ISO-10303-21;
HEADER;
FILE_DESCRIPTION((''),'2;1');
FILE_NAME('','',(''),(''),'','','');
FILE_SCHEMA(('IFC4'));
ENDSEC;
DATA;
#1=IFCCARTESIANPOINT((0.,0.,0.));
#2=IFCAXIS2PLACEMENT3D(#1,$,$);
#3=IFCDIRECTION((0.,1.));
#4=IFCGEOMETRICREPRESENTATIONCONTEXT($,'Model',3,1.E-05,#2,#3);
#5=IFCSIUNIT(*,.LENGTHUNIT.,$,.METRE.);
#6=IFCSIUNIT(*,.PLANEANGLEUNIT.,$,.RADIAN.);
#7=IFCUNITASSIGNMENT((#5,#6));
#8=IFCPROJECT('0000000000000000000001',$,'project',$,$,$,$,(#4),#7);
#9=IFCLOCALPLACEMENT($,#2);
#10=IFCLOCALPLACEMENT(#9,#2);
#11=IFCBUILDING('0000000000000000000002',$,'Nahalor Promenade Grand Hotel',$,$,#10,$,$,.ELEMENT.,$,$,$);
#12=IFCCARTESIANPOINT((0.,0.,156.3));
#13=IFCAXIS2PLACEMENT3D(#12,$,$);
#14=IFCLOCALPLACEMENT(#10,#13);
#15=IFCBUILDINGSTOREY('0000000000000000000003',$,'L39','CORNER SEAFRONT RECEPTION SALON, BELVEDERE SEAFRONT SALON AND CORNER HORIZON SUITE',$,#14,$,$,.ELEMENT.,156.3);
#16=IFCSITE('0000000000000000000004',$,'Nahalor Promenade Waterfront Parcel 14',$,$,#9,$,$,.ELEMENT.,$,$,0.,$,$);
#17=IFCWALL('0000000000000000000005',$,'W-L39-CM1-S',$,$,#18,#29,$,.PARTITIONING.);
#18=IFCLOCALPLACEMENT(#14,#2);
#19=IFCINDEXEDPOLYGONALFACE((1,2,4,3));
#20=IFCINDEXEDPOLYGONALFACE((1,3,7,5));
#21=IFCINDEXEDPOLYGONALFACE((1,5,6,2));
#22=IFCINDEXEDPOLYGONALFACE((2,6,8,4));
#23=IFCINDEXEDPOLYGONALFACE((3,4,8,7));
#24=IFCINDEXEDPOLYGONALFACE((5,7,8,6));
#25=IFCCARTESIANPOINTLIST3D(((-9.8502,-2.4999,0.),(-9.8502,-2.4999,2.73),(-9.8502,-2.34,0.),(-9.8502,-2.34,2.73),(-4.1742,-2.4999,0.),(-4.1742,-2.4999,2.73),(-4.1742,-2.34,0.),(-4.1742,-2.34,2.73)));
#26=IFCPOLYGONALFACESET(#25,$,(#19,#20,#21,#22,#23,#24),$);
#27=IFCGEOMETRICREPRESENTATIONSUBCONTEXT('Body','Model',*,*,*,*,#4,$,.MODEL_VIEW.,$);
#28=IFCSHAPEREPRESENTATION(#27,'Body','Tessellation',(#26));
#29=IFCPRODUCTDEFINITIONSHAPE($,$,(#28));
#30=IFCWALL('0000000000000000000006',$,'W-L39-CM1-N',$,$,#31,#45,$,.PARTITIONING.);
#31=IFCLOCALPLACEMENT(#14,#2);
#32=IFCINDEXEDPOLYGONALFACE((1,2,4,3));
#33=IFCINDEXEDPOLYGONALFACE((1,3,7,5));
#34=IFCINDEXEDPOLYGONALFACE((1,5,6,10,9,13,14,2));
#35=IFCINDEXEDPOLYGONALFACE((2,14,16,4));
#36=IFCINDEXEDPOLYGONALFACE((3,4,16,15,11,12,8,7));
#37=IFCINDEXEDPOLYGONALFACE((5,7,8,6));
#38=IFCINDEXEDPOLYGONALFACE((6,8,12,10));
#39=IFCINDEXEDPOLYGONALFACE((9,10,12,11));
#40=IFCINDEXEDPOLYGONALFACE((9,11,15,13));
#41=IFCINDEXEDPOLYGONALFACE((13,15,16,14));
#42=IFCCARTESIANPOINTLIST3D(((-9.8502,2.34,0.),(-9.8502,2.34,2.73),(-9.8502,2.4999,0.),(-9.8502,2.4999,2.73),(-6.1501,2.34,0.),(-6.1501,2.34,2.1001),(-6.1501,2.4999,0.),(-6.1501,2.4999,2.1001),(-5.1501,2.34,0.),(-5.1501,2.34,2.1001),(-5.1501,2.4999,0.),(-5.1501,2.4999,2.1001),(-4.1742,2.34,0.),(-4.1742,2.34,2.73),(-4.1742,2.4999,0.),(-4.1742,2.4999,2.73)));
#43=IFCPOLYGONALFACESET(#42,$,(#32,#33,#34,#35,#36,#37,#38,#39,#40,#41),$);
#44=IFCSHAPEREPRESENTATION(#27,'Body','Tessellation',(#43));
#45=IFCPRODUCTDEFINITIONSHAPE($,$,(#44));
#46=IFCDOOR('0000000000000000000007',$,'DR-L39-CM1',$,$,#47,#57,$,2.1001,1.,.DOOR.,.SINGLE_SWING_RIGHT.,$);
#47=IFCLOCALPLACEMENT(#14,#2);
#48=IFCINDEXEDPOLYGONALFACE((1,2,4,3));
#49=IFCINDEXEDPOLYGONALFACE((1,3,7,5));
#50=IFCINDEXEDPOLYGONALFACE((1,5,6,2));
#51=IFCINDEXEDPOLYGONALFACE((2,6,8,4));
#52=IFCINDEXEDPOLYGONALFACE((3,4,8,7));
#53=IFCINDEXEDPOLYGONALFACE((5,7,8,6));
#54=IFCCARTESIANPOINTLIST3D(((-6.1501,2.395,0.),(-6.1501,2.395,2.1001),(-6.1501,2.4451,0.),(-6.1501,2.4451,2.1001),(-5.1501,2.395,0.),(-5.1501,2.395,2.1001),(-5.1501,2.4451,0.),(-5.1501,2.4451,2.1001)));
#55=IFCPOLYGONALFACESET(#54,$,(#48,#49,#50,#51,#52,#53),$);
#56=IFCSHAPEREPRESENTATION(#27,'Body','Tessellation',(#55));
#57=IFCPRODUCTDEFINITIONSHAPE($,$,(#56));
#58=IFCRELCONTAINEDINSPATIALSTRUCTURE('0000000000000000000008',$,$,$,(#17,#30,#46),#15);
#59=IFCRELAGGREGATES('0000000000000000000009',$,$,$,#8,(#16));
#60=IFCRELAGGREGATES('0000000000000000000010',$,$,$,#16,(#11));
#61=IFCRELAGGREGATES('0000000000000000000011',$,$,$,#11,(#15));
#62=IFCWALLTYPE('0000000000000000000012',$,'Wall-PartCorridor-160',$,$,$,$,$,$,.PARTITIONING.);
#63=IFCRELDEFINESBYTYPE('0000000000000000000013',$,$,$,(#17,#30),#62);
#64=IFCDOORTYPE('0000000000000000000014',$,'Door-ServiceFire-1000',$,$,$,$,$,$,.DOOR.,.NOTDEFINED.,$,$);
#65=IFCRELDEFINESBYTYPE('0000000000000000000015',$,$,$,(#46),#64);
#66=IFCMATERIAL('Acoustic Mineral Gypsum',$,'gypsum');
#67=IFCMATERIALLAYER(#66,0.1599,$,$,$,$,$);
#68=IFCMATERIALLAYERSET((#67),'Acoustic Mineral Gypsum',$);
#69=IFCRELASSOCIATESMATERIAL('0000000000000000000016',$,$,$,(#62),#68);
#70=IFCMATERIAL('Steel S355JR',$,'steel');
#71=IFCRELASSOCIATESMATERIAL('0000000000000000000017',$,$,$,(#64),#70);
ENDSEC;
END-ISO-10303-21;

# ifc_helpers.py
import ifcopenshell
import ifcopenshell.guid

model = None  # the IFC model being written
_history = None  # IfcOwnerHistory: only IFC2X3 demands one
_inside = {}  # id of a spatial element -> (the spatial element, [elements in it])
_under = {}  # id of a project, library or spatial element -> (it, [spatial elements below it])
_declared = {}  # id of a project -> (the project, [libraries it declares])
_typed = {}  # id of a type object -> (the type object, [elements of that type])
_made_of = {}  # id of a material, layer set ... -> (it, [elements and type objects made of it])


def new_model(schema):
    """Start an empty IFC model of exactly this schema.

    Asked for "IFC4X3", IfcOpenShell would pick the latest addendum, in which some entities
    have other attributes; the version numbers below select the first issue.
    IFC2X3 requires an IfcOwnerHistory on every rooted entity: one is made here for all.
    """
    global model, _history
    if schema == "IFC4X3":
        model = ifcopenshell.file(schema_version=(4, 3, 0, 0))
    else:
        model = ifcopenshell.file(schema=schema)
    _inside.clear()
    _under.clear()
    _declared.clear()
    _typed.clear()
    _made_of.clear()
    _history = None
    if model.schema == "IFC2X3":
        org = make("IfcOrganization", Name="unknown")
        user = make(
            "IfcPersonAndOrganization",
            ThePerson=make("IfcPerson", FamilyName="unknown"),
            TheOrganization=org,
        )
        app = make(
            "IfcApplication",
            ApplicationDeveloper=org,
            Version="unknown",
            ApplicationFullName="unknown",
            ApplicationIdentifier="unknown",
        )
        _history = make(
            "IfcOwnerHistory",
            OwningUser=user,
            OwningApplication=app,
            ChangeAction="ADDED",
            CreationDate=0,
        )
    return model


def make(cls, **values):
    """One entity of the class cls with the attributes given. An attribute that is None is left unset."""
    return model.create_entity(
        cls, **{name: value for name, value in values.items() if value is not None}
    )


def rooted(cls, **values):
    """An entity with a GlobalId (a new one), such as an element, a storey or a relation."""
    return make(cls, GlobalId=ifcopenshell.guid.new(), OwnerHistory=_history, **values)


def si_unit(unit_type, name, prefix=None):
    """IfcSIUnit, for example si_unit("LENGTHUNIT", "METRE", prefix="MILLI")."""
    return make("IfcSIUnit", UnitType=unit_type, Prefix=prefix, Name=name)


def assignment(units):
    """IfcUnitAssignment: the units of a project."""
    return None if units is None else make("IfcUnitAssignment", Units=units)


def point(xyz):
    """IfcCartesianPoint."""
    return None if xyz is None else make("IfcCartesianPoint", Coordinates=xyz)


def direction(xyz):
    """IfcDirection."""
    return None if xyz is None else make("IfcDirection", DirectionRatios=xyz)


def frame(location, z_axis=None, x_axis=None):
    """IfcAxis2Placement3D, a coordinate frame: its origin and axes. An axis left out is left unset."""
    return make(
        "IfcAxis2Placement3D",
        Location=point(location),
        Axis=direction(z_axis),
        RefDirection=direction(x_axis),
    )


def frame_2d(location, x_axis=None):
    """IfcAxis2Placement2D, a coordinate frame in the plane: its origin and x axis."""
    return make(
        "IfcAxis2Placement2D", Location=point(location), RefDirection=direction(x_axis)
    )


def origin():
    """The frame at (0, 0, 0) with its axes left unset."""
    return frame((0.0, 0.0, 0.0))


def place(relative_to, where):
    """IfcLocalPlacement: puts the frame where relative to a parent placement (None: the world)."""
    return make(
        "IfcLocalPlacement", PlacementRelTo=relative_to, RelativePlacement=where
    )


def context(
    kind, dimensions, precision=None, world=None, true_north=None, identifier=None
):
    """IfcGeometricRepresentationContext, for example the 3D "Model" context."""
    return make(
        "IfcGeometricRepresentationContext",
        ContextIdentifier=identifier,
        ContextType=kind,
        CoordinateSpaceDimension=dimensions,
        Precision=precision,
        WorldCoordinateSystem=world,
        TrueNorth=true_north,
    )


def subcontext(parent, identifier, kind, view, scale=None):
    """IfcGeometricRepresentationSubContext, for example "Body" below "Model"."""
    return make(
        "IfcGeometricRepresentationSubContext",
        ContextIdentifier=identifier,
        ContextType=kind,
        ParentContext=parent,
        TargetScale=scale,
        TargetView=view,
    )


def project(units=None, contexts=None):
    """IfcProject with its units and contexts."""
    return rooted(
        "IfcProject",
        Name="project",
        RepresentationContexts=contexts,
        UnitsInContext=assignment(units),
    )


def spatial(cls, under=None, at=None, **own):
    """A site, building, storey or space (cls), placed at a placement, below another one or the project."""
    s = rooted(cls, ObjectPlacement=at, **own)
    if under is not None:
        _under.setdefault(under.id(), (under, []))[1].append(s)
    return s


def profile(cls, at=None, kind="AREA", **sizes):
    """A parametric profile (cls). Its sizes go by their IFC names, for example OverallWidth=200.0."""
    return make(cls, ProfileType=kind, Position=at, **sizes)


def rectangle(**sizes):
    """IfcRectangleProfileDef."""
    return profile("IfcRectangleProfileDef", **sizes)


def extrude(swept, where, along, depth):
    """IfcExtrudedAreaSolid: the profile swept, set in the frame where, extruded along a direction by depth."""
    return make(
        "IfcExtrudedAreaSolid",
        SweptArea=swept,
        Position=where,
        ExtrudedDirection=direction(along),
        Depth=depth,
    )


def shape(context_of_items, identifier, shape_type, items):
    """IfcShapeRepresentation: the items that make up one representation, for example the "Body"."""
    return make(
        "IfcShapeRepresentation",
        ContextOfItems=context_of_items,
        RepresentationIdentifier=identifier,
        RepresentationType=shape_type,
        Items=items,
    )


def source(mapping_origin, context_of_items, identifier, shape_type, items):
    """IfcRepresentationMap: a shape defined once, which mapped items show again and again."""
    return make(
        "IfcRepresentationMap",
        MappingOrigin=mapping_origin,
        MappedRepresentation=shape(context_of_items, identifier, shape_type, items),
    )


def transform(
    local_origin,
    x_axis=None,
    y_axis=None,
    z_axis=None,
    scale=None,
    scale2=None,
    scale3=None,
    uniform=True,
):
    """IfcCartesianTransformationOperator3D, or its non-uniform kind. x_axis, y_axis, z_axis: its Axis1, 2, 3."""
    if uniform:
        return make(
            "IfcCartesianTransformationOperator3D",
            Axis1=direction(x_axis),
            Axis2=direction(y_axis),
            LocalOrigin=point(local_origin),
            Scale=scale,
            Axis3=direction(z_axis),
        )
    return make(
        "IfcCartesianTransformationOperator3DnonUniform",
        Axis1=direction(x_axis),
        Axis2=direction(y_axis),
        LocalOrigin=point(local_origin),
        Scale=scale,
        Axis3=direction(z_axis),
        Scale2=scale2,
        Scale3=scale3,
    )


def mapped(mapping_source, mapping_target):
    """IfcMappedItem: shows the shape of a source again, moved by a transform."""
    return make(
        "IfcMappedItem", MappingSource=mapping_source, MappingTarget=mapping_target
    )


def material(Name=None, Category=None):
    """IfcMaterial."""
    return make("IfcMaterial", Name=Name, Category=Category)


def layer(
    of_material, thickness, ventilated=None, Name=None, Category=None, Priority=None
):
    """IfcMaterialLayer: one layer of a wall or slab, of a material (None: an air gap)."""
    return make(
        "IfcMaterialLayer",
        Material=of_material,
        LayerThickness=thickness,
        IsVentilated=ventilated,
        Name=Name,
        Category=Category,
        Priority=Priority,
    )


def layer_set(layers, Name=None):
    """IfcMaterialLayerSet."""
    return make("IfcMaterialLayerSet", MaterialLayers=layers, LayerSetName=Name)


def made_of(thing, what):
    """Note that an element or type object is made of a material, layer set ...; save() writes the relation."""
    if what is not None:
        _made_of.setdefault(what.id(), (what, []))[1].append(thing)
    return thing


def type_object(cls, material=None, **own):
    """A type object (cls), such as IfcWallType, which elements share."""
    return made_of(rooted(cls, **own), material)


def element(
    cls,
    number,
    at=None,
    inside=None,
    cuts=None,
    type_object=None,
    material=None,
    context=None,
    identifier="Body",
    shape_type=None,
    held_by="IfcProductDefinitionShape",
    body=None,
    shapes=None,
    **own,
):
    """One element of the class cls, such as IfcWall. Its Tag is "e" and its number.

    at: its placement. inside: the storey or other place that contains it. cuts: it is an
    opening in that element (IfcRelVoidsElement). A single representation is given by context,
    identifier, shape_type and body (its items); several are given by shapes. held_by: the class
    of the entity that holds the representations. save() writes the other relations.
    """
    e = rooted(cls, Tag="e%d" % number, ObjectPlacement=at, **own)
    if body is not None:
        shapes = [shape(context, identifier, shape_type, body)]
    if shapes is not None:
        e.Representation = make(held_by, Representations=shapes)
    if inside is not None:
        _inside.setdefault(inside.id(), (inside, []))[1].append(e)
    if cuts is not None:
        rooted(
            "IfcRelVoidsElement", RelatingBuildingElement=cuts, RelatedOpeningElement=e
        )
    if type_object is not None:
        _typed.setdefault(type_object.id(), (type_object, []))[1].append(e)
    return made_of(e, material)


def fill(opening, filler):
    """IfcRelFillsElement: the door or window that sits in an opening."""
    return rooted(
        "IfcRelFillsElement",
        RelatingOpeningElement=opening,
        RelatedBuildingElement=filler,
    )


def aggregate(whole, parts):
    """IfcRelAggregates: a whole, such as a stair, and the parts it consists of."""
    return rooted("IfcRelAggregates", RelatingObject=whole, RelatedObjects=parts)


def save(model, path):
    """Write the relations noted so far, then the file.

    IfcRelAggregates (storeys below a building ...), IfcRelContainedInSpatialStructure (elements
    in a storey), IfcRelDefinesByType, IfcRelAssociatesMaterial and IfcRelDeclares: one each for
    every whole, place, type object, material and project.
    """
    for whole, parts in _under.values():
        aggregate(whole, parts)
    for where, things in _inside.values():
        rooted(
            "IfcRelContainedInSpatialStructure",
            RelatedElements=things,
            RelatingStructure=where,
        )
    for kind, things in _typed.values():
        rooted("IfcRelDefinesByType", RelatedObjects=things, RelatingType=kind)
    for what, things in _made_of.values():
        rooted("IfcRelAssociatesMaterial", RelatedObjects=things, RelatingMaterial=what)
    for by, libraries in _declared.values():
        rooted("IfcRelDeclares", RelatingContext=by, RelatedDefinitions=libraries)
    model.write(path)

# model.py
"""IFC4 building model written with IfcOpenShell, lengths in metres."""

from ifc_helpers import new_model, si_unit, direction, frame, frame_2d, origin, place, context, subcontext, project, spatial, rectangle, extrude, source, transform, mapped, material, layer, layer_set, type_object, element, fill, save


model = new_model("IFC4")

# Units and contexts
model_context = context("Model", 3, precision=1e-05, world=origin(), true_north=direction((0.0, 1.0)))
body_context = subcontext(model_context, "Body", "Model", "MODEL_VIEW")
ifc_project = project(units=[si_unit("LENGTHUNIT", "METRE"), si_unit("PLANEANGLEUNIT", "RADIAN")], contexts=[model_context])

# Site, building, storey
site_placement = place(None, origin())
site = spatial("IfcSite", under=ifc_project, at=site_placement, Name="Nahalor Promenade Waterfront Parcel 14", CompositionType="ELEMENT", RefElevation=0.0)
building_placement = place(site_placement, origin())
building = spatial("IfcBuilding", under=site, at=building_placement, Name="Nahalor Promenade Grand Hotel", CompositionType="ELEMENT")
storey_placement = place(building_placement, frame((0.0, 0.0, 156.3)))
storey = spatial("IfcBuildingStorey", under=building, at=storey_placement, Name="L39", Description="CORNER SEAFRONT RECEPTION SALON, BELVEDERE SEAFRONT SALON AND CORNER HORIZON SUITE", CompositionType="ELEMENT", Elevation=156.3)

# Shared definitions
ifc_material_1 = material(Name="Steel S355JR", Category="steel")

# Shared definitions
ifc_material_2 = material(Name="Acoustic Mineral Gypsum", Category="gypsum")
ifc_layer_1 = layer(ifc_material_2, 0.1599)
ifc_layer_set_1 = layer_set([ifc_layer_1], Name="Acoustic Mineral Gypsum")
wall_type_1 = type_object("IfcWallType", Name="Wall-PartCorridor-160", PredefinedType="PARTITIONING", material=ifc_layer_set_1)

# Wall
shared_shape_1 = source(origin(), body_context, "Body", "SweptSolid", [
    extrude(rectangle(XDim=5.676, YDim=0.1599, at=frame_2d((2.8379, 0.0))), origin(), (0.0, 0.0, 1.0), 2.73),
])
wall_1_placement = place(storey_placement, frame((-9.8501, -2.4199, 0.0), z_axis=(0.0, 0.0, 1.0), x_axis=(1.0, 0.0, 0.0)))
element("IfcWall", 1, at=wall_1_placement, inside=storey, type_object=wall_type_1, Name="W-L39-CM1-S", PredefinedType="PARTITIONING", context=body_context, shape_type="MappedRepresentation", body=[
    mapped(shared_shape_1, transform((0.0, 0.0, 0.0), scale=1.0)),
])

# Wall, opening, door
wall_2_placement = place(storey_placement, frame((-9.8501, 2.4199, 0.0), z_axis=(0.0, 0.0, 1.0), x_axis=(1.0, 0.0, 0.0)))
wall_2 = element("IfcWall", 2, at=wall_2_placement, inside=storey, type_object=wall_type_1, Name="W-L39-CM1-N", PredefinedType="PARTITIONING", context=body_context, shape_type="MappedRepresentation", body=[
    mapped(shared_shape_1, transform((0.0, 0.0, 0.0), scale=1.0)),
])
opening_1_placement = place(wall_2_placement, frame((3.7, 0.0, 0.0)))
opening_1 = element("IfcOpeningElement", 3, at=opening_1_placement, cuts=wall_2, PredefinedType="OPENING", context=body_context, shape_type="SweptSolid", body=[
    extrude(rectangle(XDim=1.0, YDim=2.1001, at=frame_2d((0.5, 1.05))), frame((0.0, 0.0898, 0.0), z_axis=(0.0, -1.0, 0.0), x_axis=(1.0, 0.0, 0.0)), (0.0, 0.0, 1.0), 0.1799),
])
door_type_1 = type_object("IfcDoorType", Name="Door-ServiceFire-1000", OperationType="NOTDEFINED", PredefinedType="DOOR", material=ifc_material_1)
shared_shape_2 = source(origin(), body_context, "Body", "SweptSolid", [
    extrude(rectangle(XDim=1.0, YDim=2.1001, at=frame_2d((0.5, 1.05))), frame((0.0, 0.0249, 0.0), z_axis=(0.0, -1.0, 0.0), x_axis=(1.0, 0.0, 0.0)), (0.0, 0.0, 1.0), 0.05),
])
door_1_placement = place(opening_1_placement, frame((1.0, 0.0, 0.0), z_axis=(0.0, 0.0, 1.0), x_axis=(-1.0, 0.0, 0.0)))
door_1 = element("IfcDoor", 4, at=door_1_placement, inside=storey, type_object=door_type_1, Name="DR-L39-CM1", OperationType="SINGLE_SWING_RIGHT", OverallHeight=2.1001, OverallWidth=1.0, PredefinedType="DOOR", context=body_context, shape_type="MappedRepresentation", body=[
    mapped(shared_shape_2, transform((0.0, 0.0, 0.0), scale=1.0)),
])
fill(opening_1, door_1)

save(model, "model.ifc")
